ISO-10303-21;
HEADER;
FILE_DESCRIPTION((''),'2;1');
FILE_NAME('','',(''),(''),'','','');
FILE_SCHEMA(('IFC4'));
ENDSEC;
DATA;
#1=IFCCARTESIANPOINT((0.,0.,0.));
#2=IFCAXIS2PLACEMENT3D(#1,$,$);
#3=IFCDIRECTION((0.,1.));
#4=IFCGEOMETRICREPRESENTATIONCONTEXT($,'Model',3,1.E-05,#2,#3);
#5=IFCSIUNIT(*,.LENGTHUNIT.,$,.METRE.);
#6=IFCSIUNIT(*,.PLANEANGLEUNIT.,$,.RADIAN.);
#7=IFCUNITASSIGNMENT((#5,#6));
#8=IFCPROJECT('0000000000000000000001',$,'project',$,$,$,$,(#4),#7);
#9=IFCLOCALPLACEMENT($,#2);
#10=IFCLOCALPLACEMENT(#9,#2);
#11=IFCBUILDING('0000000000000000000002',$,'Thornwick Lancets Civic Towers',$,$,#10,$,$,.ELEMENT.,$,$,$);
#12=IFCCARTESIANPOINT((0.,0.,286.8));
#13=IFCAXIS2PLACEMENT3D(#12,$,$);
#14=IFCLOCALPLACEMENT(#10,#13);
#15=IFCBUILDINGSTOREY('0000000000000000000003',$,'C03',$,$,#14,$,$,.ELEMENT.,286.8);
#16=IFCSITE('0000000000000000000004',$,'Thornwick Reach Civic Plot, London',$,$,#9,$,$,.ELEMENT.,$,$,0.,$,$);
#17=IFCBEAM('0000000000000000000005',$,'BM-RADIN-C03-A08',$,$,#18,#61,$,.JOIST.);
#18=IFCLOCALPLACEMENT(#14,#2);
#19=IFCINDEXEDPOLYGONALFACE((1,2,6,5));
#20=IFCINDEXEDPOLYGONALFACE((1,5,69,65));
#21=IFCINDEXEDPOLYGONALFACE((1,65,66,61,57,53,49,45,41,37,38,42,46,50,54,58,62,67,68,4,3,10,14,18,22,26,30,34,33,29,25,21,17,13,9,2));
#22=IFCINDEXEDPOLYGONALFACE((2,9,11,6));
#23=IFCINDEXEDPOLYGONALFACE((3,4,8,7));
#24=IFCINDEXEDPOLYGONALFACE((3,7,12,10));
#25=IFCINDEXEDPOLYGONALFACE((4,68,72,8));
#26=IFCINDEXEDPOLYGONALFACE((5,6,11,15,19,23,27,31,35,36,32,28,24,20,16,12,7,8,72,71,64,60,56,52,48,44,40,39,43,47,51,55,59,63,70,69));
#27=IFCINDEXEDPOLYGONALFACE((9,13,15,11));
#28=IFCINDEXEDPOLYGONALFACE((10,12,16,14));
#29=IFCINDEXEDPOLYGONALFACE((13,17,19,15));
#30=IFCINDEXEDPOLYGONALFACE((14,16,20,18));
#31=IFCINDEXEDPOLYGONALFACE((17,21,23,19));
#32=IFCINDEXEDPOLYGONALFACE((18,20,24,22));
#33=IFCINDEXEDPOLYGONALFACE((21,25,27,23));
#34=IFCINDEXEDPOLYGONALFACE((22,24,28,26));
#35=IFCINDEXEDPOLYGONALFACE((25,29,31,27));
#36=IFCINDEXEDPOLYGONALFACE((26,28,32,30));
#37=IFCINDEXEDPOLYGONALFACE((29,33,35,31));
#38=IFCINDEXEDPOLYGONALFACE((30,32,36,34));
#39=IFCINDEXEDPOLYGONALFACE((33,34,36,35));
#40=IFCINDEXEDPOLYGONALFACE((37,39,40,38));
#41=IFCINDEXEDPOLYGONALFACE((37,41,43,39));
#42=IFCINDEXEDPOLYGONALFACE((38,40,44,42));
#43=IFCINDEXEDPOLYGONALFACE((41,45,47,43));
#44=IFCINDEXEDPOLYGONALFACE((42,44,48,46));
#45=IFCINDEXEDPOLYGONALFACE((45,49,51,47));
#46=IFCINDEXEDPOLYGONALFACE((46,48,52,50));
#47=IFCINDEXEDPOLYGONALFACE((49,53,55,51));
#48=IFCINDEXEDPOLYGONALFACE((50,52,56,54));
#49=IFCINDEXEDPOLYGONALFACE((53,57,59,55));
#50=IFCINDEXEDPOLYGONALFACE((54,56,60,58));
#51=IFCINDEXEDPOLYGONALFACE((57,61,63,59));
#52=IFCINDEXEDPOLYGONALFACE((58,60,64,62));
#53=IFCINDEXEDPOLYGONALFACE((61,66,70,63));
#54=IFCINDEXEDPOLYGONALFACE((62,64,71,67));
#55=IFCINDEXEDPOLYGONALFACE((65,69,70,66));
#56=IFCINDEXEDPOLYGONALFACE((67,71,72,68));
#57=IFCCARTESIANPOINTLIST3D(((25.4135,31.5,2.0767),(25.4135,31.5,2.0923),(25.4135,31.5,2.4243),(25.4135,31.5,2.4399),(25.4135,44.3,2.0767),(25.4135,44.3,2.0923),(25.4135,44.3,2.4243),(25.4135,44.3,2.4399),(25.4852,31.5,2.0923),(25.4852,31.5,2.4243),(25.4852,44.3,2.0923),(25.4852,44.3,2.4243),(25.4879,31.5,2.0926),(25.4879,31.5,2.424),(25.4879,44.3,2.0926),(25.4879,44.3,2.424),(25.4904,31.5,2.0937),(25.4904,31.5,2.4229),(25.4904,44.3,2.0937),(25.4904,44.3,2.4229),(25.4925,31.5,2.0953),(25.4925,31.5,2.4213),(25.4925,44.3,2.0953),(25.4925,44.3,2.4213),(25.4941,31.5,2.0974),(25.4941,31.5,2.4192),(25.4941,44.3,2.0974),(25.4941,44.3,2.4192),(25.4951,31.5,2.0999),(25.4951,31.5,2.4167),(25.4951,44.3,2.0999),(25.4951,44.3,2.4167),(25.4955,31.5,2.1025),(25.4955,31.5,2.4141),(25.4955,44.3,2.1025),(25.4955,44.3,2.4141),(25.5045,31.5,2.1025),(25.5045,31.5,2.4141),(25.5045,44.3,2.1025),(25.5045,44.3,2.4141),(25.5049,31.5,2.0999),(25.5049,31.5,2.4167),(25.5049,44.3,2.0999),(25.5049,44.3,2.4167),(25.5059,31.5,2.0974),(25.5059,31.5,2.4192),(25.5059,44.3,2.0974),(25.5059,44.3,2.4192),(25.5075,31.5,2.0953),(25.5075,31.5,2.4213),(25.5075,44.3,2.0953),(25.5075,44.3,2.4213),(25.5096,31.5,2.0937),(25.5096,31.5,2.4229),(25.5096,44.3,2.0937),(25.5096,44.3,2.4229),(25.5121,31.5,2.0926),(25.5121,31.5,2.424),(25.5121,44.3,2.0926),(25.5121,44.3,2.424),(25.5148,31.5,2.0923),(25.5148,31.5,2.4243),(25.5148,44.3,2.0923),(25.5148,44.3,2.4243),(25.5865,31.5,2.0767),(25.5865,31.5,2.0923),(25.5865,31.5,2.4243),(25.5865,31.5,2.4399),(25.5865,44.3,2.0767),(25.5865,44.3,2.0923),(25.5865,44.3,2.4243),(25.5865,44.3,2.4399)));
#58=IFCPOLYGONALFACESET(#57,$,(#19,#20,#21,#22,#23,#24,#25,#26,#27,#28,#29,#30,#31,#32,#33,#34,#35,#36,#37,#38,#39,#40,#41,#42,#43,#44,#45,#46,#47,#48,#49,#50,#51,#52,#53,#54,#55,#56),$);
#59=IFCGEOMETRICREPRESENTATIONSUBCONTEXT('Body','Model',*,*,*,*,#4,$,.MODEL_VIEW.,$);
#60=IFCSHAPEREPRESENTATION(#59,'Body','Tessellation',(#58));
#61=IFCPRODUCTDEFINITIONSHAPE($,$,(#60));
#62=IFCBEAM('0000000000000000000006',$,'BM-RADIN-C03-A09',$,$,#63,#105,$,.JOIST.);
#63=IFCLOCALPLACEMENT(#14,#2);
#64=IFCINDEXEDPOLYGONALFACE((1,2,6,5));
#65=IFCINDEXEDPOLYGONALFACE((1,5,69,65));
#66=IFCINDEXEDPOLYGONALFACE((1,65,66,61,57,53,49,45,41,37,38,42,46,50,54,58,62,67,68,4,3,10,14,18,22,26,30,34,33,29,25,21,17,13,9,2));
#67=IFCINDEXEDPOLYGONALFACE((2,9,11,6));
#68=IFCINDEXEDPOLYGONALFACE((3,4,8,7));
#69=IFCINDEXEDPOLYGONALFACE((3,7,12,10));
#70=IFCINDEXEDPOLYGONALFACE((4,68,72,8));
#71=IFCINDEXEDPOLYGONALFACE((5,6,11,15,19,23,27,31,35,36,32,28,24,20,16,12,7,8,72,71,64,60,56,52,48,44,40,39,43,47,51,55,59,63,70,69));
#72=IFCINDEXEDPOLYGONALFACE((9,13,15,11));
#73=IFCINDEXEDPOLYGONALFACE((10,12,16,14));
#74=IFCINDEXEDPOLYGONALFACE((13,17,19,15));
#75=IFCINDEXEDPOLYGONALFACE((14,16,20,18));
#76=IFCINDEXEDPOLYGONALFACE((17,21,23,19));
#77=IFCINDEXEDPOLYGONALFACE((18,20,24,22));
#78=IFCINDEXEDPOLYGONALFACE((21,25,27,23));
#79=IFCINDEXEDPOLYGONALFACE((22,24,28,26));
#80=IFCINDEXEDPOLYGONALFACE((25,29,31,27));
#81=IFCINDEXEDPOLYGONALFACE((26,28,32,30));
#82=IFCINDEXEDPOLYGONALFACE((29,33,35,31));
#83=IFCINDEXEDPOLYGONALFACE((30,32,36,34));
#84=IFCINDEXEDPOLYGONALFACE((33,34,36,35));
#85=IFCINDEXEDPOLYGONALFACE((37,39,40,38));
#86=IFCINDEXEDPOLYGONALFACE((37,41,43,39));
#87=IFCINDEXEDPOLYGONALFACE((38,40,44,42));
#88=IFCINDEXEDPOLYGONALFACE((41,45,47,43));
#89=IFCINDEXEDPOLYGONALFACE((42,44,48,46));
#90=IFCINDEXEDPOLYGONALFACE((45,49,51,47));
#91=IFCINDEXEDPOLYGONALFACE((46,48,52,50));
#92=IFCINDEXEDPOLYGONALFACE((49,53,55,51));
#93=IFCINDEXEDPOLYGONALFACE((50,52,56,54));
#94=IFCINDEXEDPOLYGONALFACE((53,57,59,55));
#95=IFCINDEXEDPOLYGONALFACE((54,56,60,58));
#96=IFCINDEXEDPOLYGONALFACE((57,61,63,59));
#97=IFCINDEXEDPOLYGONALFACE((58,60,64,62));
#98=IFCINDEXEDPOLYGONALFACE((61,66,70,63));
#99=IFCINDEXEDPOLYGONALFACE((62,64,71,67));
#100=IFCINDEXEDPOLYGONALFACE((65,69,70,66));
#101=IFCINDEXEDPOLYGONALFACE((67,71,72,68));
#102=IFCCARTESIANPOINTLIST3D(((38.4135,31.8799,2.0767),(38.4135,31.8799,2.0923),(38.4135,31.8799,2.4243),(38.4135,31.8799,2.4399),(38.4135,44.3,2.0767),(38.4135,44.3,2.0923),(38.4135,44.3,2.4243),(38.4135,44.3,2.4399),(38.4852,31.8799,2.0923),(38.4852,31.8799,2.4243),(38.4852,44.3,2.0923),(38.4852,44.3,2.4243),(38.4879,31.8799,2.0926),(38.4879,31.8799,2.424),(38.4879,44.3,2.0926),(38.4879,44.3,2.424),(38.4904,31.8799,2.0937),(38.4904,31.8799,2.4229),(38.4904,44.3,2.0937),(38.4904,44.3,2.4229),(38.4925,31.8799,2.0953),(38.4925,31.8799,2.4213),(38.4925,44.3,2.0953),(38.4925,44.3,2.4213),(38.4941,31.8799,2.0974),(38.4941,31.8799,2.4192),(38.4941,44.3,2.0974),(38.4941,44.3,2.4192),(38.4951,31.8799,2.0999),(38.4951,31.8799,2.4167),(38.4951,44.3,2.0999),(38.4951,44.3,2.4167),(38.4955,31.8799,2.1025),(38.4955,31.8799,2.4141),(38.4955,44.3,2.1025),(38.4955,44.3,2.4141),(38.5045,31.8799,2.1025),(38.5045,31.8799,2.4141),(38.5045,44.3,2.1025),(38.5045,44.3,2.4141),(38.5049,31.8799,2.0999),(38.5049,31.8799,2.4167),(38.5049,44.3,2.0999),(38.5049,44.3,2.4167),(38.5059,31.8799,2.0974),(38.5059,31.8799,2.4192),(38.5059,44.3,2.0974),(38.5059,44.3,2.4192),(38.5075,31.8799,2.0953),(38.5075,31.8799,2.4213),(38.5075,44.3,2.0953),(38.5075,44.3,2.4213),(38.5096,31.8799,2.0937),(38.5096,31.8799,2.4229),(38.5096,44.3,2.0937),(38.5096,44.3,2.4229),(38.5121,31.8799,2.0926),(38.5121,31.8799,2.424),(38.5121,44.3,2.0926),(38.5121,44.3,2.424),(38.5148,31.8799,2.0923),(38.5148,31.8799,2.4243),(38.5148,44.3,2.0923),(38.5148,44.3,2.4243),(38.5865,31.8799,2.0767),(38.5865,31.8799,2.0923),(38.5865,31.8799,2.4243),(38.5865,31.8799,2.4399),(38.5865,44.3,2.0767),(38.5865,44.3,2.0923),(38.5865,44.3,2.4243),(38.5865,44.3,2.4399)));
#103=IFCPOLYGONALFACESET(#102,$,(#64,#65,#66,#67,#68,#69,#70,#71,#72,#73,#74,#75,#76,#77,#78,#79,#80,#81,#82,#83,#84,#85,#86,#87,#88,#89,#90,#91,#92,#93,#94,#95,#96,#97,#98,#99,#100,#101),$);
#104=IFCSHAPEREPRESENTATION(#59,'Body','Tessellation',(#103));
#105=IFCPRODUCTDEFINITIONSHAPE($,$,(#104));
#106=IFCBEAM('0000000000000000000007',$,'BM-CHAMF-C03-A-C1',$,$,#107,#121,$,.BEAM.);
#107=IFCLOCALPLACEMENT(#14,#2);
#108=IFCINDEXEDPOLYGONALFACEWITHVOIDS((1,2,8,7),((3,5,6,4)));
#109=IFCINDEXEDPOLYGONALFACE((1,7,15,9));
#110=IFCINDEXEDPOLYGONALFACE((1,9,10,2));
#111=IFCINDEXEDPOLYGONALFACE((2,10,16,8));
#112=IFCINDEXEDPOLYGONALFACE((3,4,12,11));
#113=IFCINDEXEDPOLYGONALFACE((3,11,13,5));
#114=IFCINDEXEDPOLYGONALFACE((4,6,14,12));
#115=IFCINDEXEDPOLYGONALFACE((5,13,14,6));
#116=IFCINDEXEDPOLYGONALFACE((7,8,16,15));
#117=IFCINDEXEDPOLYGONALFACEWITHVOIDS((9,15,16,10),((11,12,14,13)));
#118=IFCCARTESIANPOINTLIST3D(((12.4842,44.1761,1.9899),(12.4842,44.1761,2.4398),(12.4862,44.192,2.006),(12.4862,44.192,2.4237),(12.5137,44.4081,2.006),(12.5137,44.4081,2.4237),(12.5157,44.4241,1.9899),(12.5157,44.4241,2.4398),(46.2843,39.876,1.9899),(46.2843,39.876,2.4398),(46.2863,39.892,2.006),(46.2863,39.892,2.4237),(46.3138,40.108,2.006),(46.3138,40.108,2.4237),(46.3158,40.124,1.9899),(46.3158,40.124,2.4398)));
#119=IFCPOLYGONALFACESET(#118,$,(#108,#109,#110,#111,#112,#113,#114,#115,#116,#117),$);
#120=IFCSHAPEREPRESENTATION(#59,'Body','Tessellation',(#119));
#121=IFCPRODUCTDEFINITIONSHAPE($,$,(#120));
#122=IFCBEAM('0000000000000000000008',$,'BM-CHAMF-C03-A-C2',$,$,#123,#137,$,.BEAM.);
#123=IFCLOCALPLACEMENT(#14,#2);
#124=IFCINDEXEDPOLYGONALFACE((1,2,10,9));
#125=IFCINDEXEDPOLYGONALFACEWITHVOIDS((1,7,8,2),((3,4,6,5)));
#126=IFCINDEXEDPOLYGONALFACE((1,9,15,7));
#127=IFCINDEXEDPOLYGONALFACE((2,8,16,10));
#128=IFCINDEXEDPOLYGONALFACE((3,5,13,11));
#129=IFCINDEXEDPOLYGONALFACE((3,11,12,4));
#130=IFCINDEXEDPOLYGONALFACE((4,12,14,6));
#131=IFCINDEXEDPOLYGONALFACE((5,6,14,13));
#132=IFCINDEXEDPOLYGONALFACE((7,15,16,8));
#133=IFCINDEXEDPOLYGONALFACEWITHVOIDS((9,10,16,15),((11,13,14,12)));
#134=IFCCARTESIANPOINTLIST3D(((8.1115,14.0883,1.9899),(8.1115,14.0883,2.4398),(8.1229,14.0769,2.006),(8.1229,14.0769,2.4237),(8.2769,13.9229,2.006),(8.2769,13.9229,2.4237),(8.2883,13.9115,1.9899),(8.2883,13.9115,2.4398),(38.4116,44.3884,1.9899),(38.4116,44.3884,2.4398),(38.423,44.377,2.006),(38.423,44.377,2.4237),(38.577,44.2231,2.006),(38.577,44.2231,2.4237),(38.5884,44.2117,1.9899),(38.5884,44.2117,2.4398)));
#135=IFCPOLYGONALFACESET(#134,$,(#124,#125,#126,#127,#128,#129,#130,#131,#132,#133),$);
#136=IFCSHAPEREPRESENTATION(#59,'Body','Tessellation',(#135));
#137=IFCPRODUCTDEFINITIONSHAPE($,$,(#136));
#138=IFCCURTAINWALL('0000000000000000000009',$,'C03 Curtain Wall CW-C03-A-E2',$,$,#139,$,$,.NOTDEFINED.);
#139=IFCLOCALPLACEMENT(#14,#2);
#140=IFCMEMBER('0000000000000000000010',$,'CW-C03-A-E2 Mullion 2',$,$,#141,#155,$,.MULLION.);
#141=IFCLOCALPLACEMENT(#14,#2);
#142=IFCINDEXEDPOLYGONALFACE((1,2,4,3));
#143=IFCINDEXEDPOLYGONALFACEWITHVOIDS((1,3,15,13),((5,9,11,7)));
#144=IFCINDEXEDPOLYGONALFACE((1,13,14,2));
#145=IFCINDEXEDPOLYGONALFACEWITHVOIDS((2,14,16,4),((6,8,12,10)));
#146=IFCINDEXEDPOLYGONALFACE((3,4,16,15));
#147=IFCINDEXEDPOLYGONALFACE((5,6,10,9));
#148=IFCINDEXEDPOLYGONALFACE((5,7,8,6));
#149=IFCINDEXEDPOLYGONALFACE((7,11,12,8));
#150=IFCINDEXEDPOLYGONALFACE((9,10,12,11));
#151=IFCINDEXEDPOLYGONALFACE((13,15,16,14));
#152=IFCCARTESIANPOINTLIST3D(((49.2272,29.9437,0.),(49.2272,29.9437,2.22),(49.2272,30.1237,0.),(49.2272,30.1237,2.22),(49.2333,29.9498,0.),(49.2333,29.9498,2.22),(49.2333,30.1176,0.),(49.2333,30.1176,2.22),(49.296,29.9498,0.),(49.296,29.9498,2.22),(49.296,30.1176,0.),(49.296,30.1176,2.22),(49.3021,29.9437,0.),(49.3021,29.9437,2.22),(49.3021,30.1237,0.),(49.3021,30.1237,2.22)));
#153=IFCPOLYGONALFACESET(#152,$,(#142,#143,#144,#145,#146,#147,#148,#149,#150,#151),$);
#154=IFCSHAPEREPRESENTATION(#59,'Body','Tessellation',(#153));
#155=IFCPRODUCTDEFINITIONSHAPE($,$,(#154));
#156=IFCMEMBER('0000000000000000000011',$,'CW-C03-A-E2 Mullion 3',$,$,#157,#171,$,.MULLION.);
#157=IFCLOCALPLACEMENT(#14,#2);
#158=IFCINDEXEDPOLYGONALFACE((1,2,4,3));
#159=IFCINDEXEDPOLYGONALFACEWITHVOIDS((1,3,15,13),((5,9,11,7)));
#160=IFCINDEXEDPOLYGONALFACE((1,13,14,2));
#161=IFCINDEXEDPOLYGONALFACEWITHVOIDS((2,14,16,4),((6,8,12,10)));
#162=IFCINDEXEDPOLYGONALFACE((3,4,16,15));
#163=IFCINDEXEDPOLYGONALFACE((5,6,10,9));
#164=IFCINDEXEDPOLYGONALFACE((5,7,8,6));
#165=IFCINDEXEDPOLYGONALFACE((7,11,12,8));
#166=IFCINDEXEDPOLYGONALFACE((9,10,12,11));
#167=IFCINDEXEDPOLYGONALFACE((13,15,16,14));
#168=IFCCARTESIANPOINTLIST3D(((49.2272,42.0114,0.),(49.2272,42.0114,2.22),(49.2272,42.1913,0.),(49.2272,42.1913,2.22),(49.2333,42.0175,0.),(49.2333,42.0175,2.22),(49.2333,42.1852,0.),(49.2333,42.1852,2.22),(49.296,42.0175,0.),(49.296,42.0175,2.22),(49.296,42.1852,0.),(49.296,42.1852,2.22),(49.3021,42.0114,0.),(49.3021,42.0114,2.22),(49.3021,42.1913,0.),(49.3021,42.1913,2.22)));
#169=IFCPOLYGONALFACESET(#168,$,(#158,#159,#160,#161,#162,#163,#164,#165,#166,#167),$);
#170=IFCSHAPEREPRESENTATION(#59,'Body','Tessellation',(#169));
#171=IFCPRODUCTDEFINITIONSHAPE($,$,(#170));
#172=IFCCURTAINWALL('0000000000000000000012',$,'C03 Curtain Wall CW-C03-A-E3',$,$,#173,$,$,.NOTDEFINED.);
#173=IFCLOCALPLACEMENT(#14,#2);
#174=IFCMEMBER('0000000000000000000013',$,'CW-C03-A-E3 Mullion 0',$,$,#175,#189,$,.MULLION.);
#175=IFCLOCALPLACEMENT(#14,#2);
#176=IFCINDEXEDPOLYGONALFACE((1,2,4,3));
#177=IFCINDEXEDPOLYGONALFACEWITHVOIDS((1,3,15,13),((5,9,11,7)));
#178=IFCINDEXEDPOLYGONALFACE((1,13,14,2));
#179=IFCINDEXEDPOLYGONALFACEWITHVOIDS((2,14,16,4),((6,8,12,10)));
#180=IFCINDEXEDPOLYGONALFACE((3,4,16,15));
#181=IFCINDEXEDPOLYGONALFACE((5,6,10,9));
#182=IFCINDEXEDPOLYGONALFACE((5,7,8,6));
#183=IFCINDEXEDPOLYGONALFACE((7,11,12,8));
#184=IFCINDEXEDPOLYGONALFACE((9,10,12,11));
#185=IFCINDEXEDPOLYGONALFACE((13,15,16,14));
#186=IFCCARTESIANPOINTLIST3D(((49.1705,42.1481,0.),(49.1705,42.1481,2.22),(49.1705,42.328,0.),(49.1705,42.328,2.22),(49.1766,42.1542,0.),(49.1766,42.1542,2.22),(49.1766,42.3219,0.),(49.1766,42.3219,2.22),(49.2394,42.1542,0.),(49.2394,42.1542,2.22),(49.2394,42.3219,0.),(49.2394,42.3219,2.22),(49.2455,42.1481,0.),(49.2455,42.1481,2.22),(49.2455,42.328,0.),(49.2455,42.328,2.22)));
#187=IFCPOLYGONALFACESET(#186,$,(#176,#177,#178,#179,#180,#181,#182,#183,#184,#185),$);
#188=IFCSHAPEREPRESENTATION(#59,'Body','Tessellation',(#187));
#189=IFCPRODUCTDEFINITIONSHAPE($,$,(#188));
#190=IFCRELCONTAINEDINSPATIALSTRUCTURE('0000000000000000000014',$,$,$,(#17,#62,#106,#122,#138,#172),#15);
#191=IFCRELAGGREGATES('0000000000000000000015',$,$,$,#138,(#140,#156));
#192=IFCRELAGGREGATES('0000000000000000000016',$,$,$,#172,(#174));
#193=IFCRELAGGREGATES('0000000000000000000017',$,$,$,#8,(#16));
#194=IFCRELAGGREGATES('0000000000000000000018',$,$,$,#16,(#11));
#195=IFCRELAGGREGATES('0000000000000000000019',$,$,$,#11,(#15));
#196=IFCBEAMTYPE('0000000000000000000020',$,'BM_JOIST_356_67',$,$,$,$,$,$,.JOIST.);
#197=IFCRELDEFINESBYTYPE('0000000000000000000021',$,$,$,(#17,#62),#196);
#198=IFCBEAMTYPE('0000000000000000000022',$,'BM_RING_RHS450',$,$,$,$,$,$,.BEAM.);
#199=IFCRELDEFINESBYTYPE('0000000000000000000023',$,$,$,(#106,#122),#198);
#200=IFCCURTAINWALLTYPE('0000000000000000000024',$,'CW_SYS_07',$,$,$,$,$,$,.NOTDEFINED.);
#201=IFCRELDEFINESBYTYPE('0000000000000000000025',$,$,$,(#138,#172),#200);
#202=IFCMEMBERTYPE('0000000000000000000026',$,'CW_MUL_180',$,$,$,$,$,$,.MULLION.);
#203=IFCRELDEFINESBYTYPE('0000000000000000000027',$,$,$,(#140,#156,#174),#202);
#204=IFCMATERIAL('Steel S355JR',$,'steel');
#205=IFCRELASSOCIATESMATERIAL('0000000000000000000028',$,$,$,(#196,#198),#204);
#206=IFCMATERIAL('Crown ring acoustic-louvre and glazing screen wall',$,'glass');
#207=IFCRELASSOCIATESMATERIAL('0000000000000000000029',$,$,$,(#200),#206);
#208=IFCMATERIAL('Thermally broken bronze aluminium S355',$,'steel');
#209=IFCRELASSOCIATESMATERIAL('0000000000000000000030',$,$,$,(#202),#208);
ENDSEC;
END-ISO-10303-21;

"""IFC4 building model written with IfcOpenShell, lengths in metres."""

from ifc_helpers import new_model, si_unit, direction, frame, origin, origin_2d, place, context, subcontext, project, spatial, hollow_rectangle, i_section, extrude, material, material_profile, profile_set, type_object, element, aggregate, save


model = new_model("IFC4")

# Units and contexts
model_context = context("Model", 3, precision=1e-05, world=origin(), true_north=direction((0.0, 1.0)))
body_context = subcontext(model_context, "Body", "Model", "MODEL_VIEW")
ifc_project = project(units=[si_unit("LENGTHUNIT", "METRE"), si_unit("PLANEANGLEUNIT", "RADIAN")], contexts=[model_context])

# Site, building, storey
site_placement = place(None, origin())
site = spatial("IfcSite", under=ifc_project, at=site_placement, Name="Thornwick Reach Civic Plot, London", CompositionType="ELEMENT", RefElevation=0.0)
building_placement = place(site_placement, origin())
building = spatial("IfcBuilding", under=site, at=building_placement, Name="Thornwick Lancets Civic Towers", CompositionType="ELEMENT")
storey_placement = place(building_placement, frame((0.0, 0.0, 286.8)))
storey = spatial("IfcBuildingStorey", under=building, at=storey_placement, Name="C03", CompositionType="ELEMENT", Elevation=286.8)

# Shared definitions
ifc_material_1 = material(Name="Steel S355JR", Category="steel")

# Beams
ifc_material_profile_1 = material_profile(ifc_material_1, i_section(OverallWidth=0.1731, OverallDepth=0.3633, WebThickness=0.009, FlangeThickness=0.0156, FilletRadius=0.0103, at=origin_2d()), Name="UKB 356x171x67")
ifc_profile_set_1 = profile_set([ifc_material_profile_1], Name="Steel S355JR")
beam_type_1 = type_object("IfcBeamType", Name="BM_JOIST_356_67", PredefinedType="JOIST", material=ifc_profile_set_1)
beam_1_placement = place(storey_placement, frame((25.5, 31.5, 2.2583), z_axis=(0.0, 1.0, 0.0), x_axis=(-1.0, 0.0, 0.0)))
element("IfcBeam", 1, at=beam_1_placement, inside=storey, type_object=beam_type_1, Name="BM-RADIN-C03-A08", PredefinedType="JOIST", context=body_context, shape_type="SweptSolid", body=[
    extrude(i_section(OverallWidth=0.1731, OverallDepth=0.3633, WebThickness=0.009, FlangeThickness=0.0156, FilletRadius=0.0103, at=origin_2d()), origin(), (0.0, 0.0, 1.0), 12.8),
])
beam_2_placement = place(storey_placement, frame((38.5, 31.8799, 2.2583), z_axis=(0.0, 1.0, 0.0), x_axis=(-1.0, 0.0, 0.0)))
element("IfcBeam", 2, at=beam_2_placement, inside=storey, type_object=beam_type_1, Name="BM-RADIN-C03-A09", PredefinedType="JOIST", context=body_context, shape_type="SweptSolid", body=[
    extrude(i_section(OverallWidth=0.1731, OverallDepth=0.3633, WebThickness=0.009, FlangeThickness=0.0156, FilletRadius=0.0103, at=origin_2d()), origin(), (0.0, 0.0, 1.0), 12.4202),
])
ifc_material_profile_2 = material_profile(ifc_material_1, hollow_rectangle(XDim=0.25, YDim=0.45, WallThickness=0.0161, at=origin_2d()), Name="RHS 450x250x16")
ifc_profile_set_2 = profile_set([ifc_material_profile_2], Name="Steel S355JR")
beam_type_2 = type_object("IfcBeamType", Name="BM_RING_RHS450", PredefinedType="BEAM", material=ifc_profile_set_2)
beam_3_placement = place(storey_placement, frame((46.3, 40.0, 2.2148), z_axis=(-0.992004, 0.126203, 0.0), x_axis=(-0.126203, -0.992004, 0.0)))
element("IfcBeam", 3, at=beam_3_placement, inside=storey, type_object=beam_type_2, Name="BM-CHAMF-C03-A-C1", PredefinedType="BEAM", context=body_context, shape_type="SweptSolid", body=[
    extrude(hollow_rectangle(XDim=0.25, YDim=0.45, WallThickness=0.0161, at=origin_2d()), origin(), (0.0, 0.0, 1.0), 34.0725),
])
beam_4_placement = place(storey_placement, frame((38.5, 44.3, 2.2148), z_axis=(-0.707107, -0.707107, 0.0), x_axis=(0.707107, -0.707107, 0.0)))
element("IfcBeam", 4, at=beam_4_placement, inside=storey, type_object=beam_type_2, Name="BM-CHAMF-C03-A-C2", PredefinedType="BEAM", context=body_context, shape_type="SweptSolid", body=[
    extrude(hollow_rectangle(XDim=0.25, YDim=0.45, WallThickness=0.0161, at=origin_2d()), origin(), (0.0, 0.0, 1.0), 42.8508),
])

# Curtain walls, members
ifc_material_2 = material(Name="Crown ring acoustic-louvre and glazing screen wall", Category="glass")
curtain_wall_type = type_object("IfcCurtainWallType", Name="CW_SYS_07", PredefinedType="NOTDEFINED", material=ifc_material_2)
curtain_wall_1_placement = place(storey_placement, origin())
curtain_wall_1 = element("IfcCurtainWall", 5, at=curtain_wall_1_placement, inside=storey, type_object=curtain_wall_type, Name="C03 Curtain Wall CW-C03-A-E2", PredefinedType="NOTDEFINED")
ifc_material_3 = material(Name="Thermally broken bronze aluminium S355", Category="steel")
ifc_material_profile_3 = material_profile(ifc_material_3, hollow_rectangle(XDim=0.075, YDim=0.1799, WallThickness=0.0061, at=origin_2d()), Name="RHS 180x75x6")
ifc_profile_set_3 = profile_set([ifc_material_profile_3], Name="Thermally broken bronze aluminium S355")
member_type_1 = type_object("IfcMemberType", Name="CW_MUL_180", PredefinedType="MULLION", material=ifc_profile_set_3)
member_1_placement = place(storey_placement, frame((49.2646, 30.0337, 0.0), z_axis=(0.0, 0.0, 1.0), x_axis=(1.0, 0.0, 0.0)))
member_1 = element("IfcMember", 6, at=member_1_placement, type_object=member_type_1, Name="CW-C03-A-E2 Mullion 2", PredefinedType="MULLION", context=body_context, shape_type="SweptSolid", body=[
    extrude(hollow_rectangle(XDim=0.075, YDim=0.1799, WallThickness=0.0061, at=origin_2d()), origin(), (0.0, 0.0, 1.0), 2.22),
])
member_2_placement = place(storey_placement, frame((49.2646, 42.1013, 0.0), z_axis=(0.0, 0.0, 1.0), x_axis=(1.0, 0.0, 0.0)))
member_2 = element("IfcMember", 7, at=member_2_placement, type_object=member_type_1, Name="CW-C03-A-E2 Mullion 3", PredefinedType="MULLION", context=body_context, shape_type="SweptSolid", body=[
    extrude(hollow_rectangle(XDim=0.075, YDim=0.1799, WallThickness=0.0061, at=origin_2d()), origin(), (0.0, 0.0, 1.0), 2.22),
])
curtain_wall_2_placement = place(storey_placement, origin())
curtain_wall_2 = element("IfcCurtainWall", 8, at=curtain_wall_2_placement, inside=storey, type_object=curtain_wall_type, Name="C03 Curtain Wall CW-C03-A-E3", PredefinedType="NOTDEFINED")
member_3_placement = place(storey_placement, frame((49.208, 42.238, 0.0), z_axis=(0.0, 0.0, 1.0), x_axis=(1.0, 0.0, 0.0)))
member_3 = element("IfcMember", 9, at=member_3_placement, type_object=member_type_1, Name="CW-C03-A-E3 Mullion 0", PredefinedType="MULLION", context=body_context, shape_type="SweptSolid", body=[
    extrude(hollow_rectangle(XDim=0.075, YDim=0.1799, WallThickness=0.0061, at=origin_2d()), origin(), (0.0, 0.0, 1.0), 2.22),
])

aggregate(curtain_wall_1, [member_1, member_2])

aggregate(curtain_wall_2, [member_3])

save(model, "model.ifc")
